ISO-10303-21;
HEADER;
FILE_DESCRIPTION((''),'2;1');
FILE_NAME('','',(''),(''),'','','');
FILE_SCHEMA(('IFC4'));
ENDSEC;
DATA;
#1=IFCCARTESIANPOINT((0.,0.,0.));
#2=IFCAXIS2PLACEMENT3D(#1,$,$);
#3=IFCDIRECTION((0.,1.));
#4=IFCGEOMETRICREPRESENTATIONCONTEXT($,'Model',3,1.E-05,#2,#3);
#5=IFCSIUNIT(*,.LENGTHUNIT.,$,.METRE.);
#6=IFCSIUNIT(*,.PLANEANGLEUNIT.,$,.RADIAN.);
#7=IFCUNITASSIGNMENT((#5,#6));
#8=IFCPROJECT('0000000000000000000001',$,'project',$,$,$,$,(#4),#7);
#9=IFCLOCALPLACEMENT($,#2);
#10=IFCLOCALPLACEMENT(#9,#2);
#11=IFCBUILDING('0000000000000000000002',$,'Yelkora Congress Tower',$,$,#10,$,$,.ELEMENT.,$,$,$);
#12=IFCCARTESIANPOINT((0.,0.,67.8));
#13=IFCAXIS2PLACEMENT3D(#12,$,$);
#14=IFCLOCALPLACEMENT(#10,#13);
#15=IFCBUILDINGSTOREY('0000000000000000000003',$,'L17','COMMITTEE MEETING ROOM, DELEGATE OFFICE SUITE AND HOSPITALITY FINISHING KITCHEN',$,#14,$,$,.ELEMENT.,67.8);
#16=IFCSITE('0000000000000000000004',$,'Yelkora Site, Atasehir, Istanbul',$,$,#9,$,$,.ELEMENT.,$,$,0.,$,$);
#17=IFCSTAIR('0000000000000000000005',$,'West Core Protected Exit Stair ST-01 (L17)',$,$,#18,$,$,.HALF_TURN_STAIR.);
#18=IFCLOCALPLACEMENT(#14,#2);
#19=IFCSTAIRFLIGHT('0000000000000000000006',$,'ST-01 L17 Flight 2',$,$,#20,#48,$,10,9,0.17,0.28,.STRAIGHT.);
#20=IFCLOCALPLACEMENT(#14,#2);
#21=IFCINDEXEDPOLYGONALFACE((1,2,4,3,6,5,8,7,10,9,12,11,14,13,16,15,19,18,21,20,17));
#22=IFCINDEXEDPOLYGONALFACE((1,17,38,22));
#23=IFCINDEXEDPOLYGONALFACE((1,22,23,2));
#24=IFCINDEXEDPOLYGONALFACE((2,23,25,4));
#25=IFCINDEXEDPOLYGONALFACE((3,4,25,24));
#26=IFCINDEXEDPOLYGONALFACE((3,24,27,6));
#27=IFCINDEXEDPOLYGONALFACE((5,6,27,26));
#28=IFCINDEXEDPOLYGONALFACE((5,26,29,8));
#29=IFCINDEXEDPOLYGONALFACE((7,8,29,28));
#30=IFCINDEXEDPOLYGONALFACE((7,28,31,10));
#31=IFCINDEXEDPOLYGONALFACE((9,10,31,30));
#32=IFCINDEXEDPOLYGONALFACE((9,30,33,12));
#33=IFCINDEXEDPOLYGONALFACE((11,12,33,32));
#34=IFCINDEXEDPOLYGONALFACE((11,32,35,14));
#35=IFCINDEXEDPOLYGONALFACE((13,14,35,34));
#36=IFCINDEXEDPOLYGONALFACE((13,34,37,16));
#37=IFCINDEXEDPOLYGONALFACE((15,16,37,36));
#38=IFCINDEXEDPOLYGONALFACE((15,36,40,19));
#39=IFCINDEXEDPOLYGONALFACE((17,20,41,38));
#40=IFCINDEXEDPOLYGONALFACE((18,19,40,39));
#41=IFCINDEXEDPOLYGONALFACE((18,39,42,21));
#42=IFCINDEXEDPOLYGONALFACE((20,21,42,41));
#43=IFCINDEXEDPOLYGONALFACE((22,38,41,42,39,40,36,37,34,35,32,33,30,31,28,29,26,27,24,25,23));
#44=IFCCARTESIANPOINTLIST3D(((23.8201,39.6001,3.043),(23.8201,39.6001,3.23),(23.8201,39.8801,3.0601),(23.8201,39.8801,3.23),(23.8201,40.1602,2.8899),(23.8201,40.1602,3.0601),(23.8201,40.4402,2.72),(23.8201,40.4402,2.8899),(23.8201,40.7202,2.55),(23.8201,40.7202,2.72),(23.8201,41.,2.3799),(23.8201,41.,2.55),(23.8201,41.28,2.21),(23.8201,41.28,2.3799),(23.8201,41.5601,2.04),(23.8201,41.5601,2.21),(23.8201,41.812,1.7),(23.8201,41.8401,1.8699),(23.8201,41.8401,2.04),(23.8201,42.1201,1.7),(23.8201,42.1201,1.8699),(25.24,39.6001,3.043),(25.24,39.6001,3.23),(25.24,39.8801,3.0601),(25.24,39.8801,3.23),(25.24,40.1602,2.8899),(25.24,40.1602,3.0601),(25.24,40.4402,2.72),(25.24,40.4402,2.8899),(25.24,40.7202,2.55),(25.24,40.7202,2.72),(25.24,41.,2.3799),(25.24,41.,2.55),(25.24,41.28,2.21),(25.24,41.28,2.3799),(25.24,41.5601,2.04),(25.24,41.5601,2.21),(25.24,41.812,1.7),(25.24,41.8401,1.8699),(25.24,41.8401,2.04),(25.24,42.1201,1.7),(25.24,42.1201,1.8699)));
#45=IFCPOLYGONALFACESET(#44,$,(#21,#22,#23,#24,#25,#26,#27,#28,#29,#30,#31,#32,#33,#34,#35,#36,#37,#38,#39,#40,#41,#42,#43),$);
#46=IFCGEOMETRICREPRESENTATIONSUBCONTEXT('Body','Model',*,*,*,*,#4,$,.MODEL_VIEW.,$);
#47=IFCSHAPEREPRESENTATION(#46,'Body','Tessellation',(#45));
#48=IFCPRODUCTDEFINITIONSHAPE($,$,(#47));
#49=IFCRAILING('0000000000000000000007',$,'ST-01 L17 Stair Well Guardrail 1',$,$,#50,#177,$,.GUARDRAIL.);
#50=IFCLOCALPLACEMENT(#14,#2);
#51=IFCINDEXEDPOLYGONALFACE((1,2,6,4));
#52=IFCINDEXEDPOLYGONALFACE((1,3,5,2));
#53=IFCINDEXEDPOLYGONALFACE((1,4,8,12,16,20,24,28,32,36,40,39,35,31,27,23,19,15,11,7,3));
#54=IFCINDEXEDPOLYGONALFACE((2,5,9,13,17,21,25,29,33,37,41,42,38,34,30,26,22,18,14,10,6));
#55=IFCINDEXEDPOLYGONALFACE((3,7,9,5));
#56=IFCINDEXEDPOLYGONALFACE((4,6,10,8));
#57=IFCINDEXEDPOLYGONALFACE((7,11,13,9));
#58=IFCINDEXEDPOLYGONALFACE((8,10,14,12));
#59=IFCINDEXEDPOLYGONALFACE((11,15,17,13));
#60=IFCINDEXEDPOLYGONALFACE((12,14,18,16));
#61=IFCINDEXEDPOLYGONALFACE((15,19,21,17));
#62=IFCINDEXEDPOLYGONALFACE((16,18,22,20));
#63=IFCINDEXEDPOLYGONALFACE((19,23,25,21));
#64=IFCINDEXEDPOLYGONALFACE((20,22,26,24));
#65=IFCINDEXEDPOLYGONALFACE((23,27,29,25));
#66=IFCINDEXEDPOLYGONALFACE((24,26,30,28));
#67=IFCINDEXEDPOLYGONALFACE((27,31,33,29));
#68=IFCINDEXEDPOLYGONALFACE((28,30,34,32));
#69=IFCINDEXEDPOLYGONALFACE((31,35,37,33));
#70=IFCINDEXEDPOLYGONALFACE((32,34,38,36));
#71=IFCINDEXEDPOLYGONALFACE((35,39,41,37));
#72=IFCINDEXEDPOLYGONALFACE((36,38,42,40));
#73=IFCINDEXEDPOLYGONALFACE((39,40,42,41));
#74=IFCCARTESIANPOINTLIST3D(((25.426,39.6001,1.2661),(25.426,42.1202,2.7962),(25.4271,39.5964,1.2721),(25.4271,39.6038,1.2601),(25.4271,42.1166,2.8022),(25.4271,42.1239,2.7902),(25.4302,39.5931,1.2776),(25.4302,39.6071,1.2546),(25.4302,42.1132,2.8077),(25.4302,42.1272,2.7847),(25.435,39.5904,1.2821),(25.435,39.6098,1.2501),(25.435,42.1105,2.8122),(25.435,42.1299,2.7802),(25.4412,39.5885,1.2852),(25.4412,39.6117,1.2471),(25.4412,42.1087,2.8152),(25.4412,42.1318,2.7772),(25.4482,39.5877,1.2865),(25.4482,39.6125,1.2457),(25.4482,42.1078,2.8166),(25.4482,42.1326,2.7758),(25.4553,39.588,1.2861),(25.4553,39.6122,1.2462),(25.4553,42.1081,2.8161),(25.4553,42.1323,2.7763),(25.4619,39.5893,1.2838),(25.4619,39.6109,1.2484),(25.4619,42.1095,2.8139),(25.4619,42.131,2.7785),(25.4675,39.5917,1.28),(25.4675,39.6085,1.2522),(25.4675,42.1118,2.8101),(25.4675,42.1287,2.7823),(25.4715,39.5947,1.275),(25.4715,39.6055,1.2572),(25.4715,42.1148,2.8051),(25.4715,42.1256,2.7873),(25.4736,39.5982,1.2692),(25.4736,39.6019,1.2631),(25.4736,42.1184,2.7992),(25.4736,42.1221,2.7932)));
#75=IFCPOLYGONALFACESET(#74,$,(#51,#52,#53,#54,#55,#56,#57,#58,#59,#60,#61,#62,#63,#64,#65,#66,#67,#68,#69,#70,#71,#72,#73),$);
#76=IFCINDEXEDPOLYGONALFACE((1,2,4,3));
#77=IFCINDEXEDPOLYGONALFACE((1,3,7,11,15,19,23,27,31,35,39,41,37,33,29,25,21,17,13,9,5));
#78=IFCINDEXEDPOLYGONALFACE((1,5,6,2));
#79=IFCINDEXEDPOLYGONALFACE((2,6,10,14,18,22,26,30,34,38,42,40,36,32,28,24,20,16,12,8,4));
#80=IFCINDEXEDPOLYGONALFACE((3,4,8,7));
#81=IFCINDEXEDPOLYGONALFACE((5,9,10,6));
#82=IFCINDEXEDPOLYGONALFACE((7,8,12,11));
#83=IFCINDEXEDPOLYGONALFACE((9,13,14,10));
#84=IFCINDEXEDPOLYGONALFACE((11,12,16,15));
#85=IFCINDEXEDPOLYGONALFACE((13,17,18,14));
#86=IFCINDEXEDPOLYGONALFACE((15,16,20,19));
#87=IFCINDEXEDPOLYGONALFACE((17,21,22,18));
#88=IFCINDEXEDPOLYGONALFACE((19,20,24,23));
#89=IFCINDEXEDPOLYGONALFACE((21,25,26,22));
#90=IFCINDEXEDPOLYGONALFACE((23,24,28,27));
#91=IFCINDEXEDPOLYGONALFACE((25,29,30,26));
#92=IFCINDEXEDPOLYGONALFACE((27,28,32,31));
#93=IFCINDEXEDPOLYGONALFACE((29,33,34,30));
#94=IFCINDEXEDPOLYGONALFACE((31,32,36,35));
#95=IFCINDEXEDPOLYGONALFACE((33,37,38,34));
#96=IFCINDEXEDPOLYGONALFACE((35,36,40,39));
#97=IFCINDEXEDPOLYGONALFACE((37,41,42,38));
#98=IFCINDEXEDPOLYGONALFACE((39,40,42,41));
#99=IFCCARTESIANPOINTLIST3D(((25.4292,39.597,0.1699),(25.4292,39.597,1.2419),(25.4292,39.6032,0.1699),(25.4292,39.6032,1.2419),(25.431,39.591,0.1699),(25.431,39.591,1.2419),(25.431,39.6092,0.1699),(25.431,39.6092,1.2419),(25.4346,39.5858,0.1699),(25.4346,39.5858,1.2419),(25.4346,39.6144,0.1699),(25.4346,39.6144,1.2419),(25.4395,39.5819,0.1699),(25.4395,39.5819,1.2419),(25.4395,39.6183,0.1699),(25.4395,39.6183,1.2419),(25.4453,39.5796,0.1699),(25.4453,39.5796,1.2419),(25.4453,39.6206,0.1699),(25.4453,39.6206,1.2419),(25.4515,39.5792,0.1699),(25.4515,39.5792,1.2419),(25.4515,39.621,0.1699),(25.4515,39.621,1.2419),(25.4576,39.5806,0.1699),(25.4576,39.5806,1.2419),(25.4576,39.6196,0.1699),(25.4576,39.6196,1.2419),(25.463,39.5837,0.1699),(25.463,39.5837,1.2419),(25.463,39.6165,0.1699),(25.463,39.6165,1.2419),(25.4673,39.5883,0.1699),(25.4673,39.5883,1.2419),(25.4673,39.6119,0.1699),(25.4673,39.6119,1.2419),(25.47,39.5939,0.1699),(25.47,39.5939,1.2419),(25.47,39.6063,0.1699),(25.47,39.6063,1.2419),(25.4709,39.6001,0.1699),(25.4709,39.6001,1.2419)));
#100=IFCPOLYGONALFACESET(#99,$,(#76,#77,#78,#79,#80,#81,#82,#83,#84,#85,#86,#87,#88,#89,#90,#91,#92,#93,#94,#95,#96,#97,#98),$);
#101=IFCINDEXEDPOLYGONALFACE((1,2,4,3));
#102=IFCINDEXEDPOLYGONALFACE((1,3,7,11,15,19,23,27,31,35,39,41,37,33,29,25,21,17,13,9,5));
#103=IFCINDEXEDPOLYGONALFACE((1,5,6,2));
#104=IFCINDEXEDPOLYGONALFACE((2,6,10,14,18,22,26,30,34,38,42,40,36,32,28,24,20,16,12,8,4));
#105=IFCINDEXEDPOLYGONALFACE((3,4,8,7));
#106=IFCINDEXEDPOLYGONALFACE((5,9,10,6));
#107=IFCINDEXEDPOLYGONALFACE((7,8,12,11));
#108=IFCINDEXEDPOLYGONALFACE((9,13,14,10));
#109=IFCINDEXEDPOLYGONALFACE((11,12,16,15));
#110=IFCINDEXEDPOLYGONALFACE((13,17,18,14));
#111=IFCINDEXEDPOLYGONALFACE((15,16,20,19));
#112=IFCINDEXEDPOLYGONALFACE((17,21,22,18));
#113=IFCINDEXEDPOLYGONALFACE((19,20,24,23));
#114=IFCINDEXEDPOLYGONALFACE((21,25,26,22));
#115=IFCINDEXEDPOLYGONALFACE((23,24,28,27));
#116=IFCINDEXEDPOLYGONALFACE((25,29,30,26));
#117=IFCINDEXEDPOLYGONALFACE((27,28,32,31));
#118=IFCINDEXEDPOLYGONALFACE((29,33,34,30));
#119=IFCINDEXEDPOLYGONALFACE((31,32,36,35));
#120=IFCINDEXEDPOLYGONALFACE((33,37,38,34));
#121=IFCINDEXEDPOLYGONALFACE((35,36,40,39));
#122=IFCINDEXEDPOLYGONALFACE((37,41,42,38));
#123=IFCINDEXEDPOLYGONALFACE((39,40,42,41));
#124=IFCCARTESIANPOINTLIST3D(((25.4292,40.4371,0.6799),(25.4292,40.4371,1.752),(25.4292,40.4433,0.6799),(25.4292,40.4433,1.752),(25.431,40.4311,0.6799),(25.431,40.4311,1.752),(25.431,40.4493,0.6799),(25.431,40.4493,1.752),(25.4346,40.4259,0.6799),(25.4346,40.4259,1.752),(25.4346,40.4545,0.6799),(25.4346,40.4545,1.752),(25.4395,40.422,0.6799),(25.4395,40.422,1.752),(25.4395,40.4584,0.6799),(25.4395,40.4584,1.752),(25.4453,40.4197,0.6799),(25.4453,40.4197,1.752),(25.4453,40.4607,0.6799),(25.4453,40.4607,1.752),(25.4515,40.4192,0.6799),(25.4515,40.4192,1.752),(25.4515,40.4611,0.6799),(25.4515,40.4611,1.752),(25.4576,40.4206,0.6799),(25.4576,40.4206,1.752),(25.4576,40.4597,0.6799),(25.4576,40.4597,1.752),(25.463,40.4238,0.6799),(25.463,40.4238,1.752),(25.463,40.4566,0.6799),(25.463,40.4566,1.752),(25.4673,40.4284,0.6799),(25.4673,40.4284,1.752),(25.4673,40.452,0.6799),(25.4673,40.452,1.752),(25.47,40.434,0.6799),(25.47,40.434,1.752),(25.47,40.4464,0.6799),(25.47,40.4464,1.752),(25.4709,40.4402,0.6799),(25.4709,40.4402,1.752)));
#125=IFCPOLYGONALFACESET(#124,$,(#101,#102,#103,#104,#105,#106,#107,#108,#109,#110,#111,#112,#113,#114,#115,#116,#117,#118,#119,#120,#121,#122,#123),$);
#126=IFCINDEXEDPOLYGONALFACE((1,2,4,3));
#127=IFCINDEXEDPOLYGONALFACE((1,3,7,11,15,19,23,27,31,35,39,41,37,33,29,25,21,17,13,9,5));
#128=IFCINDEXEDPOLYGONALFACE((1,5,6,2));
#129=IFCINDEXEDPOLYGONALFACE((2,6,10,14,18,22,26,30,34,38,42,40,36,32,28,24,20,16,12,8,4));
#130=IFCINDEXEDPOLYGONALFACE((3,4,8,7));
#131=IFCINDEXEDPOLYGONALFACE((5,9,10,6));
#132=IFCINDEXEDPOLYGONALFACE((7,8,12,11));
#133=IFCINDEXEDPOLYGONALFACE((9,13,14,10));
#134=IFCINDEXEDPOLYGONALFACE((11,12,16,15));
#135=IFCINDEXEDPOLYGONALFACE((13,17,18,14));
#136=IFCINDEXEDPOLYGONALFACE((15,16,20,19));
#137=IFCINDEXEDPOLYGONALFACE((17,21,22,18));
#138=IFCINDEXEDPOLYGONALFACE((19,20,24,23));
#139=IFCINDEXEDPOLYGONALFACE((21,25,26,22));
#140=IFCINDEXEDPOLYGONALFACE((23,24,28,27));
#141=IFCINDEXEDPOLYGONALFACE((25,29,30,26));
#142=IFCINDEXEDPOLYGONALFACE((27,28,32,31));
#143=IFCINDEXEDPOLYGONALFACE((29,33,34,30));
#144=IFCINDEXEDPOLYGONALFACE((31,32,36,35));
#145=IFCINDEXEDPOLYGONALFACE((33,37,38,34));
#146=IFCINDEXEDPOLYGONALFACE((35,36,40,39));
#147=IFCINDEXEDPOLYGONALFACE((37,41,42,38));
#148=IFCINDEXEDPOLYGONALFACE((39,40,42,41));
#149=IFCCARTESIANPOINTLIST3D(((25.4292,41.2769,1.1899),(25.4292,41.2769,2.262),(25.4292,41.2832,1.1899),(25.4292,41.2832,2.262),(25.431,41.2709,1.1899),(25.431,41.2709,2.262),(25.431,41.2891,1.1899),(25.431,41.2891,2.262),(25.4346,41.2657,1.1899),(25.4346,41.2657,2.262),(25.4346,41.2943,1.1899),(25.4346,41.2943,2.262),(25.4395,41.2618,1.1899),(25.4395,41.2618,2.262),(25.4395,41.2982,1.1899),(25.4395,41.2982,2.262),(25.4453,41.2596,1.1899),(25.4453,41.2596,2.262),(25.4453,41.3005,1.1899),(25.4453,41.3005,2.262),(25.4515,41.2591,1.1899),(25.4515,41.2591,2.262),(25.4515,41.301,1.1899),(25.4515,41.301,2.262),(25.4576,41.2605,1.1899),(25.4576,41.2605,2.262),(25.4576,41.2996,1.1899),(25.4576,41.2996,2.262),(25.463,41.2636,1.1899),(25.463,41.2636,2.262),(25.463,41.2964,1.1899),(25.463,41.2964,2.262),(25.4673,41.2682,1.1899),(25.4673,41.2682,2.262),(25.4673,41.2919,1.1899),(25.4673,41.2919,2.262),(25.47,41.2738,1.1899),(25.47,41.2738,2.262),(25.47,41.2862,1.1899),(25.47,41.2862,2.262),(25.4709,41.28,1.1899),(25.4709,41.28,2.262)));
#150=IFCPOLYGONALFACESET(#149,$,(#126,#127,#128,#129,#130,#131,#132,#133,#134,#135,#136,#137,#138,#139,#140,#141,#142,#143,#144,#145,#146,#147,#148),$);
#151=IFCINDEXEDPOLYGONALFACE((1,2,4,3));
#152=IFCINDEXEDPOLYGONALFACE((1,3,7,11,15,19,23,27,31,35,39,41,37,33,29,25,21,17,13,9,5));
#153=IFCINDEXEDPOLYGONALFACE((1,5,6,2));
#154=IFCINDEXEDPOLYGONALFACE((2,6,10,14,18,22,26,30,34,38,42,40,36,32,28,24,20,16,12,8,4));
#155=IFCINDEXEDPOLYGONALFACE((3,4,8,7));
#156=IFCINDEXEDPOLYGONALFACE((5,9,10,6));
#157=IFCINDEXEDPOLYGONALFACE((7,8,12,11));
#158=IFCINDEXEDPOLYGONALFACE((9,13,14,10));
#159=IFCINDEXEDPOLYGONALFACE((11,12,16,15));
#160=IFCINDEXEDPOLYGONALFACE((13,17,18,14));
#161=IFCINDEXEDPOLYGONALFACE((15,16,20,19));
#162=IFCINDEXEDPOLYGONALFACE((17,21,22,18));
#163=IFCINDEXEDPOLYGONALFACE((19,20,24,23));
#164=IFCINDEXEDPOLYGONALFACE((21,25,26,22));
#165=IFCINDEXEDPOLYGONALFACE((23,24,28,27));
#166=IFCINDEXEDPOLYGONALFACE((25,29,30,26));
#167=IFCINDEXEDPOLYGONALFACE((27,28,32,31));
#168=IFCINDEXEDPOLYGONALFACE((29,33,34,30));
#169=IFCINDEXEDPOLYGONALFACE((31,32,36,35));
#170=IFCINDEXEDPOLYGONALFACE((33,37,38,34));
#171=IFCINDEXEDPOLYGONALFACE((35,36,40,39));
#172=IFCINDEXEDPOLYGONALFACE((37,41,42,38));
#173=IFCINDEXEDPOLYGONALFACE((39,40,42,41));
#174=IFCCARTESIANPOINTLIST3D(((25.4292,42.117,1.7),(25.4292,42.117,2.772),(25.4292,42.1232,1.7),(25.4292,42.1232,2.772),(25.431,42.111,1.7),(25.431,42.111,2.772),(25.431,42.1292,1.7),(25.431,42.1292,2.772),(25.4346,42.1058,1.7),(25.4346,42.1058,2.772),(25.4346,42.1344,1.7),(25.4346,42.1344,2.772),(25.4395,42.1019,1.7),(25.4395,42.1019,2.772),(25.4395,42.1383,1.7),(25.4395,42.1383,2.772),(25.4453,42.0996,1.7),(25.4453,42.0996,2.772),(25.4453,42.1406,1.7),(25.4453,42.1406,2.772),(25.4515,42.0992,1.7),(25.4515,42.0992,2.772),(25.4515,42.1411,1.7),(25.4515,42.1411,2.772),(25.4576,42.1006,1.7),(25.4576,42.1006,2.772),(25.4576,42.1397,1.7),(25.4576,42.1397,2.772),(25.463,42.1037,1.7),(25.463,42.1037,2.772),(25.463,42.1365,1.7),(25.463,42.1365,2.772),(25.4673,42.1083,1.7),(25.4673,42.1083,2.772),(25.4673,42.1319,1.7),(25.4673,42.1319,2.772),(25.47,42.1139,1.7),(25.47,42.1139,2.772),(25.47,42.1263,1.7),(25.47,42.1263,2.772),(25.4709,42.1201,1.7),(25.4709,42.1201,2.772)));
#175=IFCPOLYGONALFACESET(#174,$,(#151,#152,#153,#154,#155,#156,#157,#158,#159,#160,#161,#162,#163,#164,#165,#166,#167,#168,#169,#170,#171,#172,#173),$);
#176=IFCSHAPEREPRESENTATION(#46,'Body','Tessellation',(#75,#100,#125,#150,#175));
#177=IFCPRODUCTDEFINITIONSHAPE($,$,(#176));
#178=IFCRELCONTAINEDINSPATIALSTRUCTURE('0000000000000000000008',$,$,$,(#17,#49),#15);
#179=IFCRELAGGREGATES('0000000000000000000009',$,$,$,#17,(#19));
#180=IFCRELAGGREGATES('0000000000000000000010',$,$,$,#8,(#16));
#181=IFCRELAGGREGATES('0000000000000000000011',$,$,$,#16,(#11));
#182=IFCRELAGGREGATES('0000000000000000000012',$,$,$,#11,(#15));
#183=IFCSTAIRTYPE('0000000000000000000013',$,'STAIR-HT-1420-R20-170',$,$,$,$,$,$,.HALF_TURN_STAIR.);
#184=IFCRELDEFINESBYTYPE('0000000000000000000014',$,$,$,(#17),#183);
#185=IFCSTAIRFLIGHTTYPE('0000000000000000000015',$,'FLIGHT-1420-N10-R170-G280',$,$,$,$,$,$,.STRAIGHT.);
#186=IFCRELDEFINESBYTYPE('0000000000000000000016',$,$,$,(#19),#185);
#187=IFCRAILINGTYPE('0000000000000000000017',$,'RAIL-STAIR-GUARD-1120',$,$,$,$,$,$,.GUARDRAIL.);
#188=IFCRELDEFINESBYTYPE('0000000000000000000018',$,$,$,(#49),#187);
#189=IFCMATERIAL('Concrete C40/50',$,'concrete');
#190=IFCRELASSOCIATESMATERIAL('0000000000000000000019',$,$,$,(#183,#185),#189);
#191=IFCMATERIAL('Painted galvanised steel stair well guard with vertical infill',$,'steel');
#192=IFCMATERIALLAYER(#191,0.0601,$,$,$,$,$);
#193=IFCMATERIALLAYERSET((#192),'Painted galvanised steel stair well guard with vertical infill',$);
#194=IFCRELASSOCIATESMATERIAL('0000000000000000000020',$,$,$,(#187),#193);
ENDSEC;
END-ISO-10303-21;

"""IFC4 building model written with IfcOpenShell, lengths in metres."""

from ifc_helpers import new_model, si_unit, direction, frame, origin, origin_2d, place, context, subcontext, project, spatial, polyline, circle, outline, extrude, material, layer, layer_set, type_object, element, aggregate, save


model = new_model("IFC4")

# Units and contexts
model_context = context("Model", 3, precision=1e-05, world=origin(), true_north=direction((0.0, 1.0)))
body_context = subcontext(model_context, "Body", "Model", "MODEL_VIEW")
ifc_project = project(units=[si_unit("LENGTHUNIT", "METRE"), si_unit("PLANEANGLEUNIT", "RADIAN")], contexts=[model_context])

# Site, building, storey
site_placement = place(None, origin())
site = spatial("IfcSite", under=ifc_project, at=site_placement, Name="Yelkora Site, Atasehir, Istanbul", CompositionType="ELEMENT", RefElevation=0.0)
building_placement = place(site_placement, origin())
building = spatial("IfcBuilding", under=site, at=building_placement, Name="Yelkora Congress Tower", CompositionType="ELEMENT")
storey_placement = place(building_placement, frame((0.0, 0.0, 67.8)))
storey = spatial("IfcBuildingStorey", under=building, at=storey_placement, Name="L17", Description="COMMITTEE MEETING ROOM, DELEGATE OFFICE SUITE AND HOSPITALITY FINISHING KITCHEN", CompositionType="ELEMENT", Elevation=67.8)

# Stair, stair flight
ifc_material_1 = material(Name="Concrete C40/50", Category="concrete")
stair_type = type_object("IfcStairType", Name="STAIR-HT-1420-R20-170", PredefinedType="HALF_TURN_STAIR", material=ifc_material_1)
stair_placement = place(storey_placement, origin())
stair = element("IfcStair", 1, at=stair_placement, inside=storey, type_object=stair_type, Name="West Core Protected Exit Stair ST-01 (L17)", PredefinedType="HALF_TURN_STAIR")
stair_flight_type = type_object("IfcStairFlightType", Name="FLIGHT-1420-N10-R170-G280", PredefinedType="STRAIGHT", material=ifc_material_1)
stair_flight_1_placement = place(storey_placement, frame((24.53, 42.1201, 1.7), z_axis=(0.0, 0.0, 1.0), x_axis=(0.0, -1.0, 0.0)))
stair_flight_1 = element("IfcStairFlight", 2, at=stair_flight_1_placement, type_object=stair_flight_type, Name="ST-01 L17 Flight 2", NumberOfRisers=10, NumberOfTreads=9, PredefinedType="STRAIGHT", RiserHeight=0.17, TreadLength=0.28, context=body_context, shape_type="SweptSolid", body=[
    extrude(outline(polyline([(0.0, 0.0), (0.0, 0.1699), (0.28, 0.1699), (0.28, 0.3401), (0.5601, 0.3401), (0.5601, 0.51), (0.8401, 0.51), (0.8401, 0.6799), (1.1201, 0.6799), (1.1201, 0.8501), (1.3999, 0.8501), (1.3999, 1.02), (1.6799, 1.02), (1.6799, 1.1899), (1.96, 1.1899), (1.96, 1.3601), (2.24, 1.3601), (2.24, 1.53), (2.52, 1.53), (2.52, 1.7), (2.52, 1.343), (0.3081, 0.0), (0.0, 0.0)])), frame((0.0, 0.71, 0.0), z_axis=(0.0, -1.0, 0.0), x_axis=(1.0, 0.0, 0.0)), (0.0, 0.0, 1.0), 1.4199),
])
aggregate(stair, [stair_flight_1])

# Railing
ifc_material_2 = material(Name="Painted galvanised steel stair well guard with vertical infill", Category="steel")
ifc_layer_1 = layer(ifc_material_2, 0.0601)
ifc_layer_set_1 = layer_set([ifc_layer_1], Name="Painted galvanised steel stair well guard with vertical infill")
railing_type_1 = type_object("IfcRailingType", Name="RAIL-STAIR-GUARD-1120", PredefinedType="GUARDRAIL", material=ifc_layer_set_1)
railing_1_placement = place(storey_placement, frame((25.45, 39.6001, 0.1699)))
element("IfcRailing", 3, at=railing_1_placement, inside=storey, type_object=railing_type_1, Name="ST-01 L17 Stair Well Guardrail 1", PredefinedType="GUARDRAIL", context=body_context, shape_type="SweptSolid", body=[
    extrude(circle(Radius=0.0239, at=origin_2d()), frame((0.0, 0.0, 1.0962), z_axis=(0.0, 0.854785, 0.518982), x_axis=(-1.0, 0.0, 0.0)), (0.0, 0.0, 1.0), 2.9482),
    extrude(circle(Radius=0.021, at=origin_2d()), origin(), (0.0, 0.0, 1.0), 1.072),
    extrude(circle(Radius=0.021, at=origin_2d()), frame((0.0, 0.8401, 0.51)), (0.0, 0.0, 1.0), 1.072),
    extrude(circle(Radius=0.021, at=origin_2d()), frame((0.0, 1.6799, 1.02)), (0.0, 0.0, 1.0), 1.072),
    extrude(circle(Radius=0.021, at=origin_2d()), frame((0.0, 2.52, 1.53)), (0.0, 0.0, 1.0), 1.072),
])

save(model, "model.ifc")
